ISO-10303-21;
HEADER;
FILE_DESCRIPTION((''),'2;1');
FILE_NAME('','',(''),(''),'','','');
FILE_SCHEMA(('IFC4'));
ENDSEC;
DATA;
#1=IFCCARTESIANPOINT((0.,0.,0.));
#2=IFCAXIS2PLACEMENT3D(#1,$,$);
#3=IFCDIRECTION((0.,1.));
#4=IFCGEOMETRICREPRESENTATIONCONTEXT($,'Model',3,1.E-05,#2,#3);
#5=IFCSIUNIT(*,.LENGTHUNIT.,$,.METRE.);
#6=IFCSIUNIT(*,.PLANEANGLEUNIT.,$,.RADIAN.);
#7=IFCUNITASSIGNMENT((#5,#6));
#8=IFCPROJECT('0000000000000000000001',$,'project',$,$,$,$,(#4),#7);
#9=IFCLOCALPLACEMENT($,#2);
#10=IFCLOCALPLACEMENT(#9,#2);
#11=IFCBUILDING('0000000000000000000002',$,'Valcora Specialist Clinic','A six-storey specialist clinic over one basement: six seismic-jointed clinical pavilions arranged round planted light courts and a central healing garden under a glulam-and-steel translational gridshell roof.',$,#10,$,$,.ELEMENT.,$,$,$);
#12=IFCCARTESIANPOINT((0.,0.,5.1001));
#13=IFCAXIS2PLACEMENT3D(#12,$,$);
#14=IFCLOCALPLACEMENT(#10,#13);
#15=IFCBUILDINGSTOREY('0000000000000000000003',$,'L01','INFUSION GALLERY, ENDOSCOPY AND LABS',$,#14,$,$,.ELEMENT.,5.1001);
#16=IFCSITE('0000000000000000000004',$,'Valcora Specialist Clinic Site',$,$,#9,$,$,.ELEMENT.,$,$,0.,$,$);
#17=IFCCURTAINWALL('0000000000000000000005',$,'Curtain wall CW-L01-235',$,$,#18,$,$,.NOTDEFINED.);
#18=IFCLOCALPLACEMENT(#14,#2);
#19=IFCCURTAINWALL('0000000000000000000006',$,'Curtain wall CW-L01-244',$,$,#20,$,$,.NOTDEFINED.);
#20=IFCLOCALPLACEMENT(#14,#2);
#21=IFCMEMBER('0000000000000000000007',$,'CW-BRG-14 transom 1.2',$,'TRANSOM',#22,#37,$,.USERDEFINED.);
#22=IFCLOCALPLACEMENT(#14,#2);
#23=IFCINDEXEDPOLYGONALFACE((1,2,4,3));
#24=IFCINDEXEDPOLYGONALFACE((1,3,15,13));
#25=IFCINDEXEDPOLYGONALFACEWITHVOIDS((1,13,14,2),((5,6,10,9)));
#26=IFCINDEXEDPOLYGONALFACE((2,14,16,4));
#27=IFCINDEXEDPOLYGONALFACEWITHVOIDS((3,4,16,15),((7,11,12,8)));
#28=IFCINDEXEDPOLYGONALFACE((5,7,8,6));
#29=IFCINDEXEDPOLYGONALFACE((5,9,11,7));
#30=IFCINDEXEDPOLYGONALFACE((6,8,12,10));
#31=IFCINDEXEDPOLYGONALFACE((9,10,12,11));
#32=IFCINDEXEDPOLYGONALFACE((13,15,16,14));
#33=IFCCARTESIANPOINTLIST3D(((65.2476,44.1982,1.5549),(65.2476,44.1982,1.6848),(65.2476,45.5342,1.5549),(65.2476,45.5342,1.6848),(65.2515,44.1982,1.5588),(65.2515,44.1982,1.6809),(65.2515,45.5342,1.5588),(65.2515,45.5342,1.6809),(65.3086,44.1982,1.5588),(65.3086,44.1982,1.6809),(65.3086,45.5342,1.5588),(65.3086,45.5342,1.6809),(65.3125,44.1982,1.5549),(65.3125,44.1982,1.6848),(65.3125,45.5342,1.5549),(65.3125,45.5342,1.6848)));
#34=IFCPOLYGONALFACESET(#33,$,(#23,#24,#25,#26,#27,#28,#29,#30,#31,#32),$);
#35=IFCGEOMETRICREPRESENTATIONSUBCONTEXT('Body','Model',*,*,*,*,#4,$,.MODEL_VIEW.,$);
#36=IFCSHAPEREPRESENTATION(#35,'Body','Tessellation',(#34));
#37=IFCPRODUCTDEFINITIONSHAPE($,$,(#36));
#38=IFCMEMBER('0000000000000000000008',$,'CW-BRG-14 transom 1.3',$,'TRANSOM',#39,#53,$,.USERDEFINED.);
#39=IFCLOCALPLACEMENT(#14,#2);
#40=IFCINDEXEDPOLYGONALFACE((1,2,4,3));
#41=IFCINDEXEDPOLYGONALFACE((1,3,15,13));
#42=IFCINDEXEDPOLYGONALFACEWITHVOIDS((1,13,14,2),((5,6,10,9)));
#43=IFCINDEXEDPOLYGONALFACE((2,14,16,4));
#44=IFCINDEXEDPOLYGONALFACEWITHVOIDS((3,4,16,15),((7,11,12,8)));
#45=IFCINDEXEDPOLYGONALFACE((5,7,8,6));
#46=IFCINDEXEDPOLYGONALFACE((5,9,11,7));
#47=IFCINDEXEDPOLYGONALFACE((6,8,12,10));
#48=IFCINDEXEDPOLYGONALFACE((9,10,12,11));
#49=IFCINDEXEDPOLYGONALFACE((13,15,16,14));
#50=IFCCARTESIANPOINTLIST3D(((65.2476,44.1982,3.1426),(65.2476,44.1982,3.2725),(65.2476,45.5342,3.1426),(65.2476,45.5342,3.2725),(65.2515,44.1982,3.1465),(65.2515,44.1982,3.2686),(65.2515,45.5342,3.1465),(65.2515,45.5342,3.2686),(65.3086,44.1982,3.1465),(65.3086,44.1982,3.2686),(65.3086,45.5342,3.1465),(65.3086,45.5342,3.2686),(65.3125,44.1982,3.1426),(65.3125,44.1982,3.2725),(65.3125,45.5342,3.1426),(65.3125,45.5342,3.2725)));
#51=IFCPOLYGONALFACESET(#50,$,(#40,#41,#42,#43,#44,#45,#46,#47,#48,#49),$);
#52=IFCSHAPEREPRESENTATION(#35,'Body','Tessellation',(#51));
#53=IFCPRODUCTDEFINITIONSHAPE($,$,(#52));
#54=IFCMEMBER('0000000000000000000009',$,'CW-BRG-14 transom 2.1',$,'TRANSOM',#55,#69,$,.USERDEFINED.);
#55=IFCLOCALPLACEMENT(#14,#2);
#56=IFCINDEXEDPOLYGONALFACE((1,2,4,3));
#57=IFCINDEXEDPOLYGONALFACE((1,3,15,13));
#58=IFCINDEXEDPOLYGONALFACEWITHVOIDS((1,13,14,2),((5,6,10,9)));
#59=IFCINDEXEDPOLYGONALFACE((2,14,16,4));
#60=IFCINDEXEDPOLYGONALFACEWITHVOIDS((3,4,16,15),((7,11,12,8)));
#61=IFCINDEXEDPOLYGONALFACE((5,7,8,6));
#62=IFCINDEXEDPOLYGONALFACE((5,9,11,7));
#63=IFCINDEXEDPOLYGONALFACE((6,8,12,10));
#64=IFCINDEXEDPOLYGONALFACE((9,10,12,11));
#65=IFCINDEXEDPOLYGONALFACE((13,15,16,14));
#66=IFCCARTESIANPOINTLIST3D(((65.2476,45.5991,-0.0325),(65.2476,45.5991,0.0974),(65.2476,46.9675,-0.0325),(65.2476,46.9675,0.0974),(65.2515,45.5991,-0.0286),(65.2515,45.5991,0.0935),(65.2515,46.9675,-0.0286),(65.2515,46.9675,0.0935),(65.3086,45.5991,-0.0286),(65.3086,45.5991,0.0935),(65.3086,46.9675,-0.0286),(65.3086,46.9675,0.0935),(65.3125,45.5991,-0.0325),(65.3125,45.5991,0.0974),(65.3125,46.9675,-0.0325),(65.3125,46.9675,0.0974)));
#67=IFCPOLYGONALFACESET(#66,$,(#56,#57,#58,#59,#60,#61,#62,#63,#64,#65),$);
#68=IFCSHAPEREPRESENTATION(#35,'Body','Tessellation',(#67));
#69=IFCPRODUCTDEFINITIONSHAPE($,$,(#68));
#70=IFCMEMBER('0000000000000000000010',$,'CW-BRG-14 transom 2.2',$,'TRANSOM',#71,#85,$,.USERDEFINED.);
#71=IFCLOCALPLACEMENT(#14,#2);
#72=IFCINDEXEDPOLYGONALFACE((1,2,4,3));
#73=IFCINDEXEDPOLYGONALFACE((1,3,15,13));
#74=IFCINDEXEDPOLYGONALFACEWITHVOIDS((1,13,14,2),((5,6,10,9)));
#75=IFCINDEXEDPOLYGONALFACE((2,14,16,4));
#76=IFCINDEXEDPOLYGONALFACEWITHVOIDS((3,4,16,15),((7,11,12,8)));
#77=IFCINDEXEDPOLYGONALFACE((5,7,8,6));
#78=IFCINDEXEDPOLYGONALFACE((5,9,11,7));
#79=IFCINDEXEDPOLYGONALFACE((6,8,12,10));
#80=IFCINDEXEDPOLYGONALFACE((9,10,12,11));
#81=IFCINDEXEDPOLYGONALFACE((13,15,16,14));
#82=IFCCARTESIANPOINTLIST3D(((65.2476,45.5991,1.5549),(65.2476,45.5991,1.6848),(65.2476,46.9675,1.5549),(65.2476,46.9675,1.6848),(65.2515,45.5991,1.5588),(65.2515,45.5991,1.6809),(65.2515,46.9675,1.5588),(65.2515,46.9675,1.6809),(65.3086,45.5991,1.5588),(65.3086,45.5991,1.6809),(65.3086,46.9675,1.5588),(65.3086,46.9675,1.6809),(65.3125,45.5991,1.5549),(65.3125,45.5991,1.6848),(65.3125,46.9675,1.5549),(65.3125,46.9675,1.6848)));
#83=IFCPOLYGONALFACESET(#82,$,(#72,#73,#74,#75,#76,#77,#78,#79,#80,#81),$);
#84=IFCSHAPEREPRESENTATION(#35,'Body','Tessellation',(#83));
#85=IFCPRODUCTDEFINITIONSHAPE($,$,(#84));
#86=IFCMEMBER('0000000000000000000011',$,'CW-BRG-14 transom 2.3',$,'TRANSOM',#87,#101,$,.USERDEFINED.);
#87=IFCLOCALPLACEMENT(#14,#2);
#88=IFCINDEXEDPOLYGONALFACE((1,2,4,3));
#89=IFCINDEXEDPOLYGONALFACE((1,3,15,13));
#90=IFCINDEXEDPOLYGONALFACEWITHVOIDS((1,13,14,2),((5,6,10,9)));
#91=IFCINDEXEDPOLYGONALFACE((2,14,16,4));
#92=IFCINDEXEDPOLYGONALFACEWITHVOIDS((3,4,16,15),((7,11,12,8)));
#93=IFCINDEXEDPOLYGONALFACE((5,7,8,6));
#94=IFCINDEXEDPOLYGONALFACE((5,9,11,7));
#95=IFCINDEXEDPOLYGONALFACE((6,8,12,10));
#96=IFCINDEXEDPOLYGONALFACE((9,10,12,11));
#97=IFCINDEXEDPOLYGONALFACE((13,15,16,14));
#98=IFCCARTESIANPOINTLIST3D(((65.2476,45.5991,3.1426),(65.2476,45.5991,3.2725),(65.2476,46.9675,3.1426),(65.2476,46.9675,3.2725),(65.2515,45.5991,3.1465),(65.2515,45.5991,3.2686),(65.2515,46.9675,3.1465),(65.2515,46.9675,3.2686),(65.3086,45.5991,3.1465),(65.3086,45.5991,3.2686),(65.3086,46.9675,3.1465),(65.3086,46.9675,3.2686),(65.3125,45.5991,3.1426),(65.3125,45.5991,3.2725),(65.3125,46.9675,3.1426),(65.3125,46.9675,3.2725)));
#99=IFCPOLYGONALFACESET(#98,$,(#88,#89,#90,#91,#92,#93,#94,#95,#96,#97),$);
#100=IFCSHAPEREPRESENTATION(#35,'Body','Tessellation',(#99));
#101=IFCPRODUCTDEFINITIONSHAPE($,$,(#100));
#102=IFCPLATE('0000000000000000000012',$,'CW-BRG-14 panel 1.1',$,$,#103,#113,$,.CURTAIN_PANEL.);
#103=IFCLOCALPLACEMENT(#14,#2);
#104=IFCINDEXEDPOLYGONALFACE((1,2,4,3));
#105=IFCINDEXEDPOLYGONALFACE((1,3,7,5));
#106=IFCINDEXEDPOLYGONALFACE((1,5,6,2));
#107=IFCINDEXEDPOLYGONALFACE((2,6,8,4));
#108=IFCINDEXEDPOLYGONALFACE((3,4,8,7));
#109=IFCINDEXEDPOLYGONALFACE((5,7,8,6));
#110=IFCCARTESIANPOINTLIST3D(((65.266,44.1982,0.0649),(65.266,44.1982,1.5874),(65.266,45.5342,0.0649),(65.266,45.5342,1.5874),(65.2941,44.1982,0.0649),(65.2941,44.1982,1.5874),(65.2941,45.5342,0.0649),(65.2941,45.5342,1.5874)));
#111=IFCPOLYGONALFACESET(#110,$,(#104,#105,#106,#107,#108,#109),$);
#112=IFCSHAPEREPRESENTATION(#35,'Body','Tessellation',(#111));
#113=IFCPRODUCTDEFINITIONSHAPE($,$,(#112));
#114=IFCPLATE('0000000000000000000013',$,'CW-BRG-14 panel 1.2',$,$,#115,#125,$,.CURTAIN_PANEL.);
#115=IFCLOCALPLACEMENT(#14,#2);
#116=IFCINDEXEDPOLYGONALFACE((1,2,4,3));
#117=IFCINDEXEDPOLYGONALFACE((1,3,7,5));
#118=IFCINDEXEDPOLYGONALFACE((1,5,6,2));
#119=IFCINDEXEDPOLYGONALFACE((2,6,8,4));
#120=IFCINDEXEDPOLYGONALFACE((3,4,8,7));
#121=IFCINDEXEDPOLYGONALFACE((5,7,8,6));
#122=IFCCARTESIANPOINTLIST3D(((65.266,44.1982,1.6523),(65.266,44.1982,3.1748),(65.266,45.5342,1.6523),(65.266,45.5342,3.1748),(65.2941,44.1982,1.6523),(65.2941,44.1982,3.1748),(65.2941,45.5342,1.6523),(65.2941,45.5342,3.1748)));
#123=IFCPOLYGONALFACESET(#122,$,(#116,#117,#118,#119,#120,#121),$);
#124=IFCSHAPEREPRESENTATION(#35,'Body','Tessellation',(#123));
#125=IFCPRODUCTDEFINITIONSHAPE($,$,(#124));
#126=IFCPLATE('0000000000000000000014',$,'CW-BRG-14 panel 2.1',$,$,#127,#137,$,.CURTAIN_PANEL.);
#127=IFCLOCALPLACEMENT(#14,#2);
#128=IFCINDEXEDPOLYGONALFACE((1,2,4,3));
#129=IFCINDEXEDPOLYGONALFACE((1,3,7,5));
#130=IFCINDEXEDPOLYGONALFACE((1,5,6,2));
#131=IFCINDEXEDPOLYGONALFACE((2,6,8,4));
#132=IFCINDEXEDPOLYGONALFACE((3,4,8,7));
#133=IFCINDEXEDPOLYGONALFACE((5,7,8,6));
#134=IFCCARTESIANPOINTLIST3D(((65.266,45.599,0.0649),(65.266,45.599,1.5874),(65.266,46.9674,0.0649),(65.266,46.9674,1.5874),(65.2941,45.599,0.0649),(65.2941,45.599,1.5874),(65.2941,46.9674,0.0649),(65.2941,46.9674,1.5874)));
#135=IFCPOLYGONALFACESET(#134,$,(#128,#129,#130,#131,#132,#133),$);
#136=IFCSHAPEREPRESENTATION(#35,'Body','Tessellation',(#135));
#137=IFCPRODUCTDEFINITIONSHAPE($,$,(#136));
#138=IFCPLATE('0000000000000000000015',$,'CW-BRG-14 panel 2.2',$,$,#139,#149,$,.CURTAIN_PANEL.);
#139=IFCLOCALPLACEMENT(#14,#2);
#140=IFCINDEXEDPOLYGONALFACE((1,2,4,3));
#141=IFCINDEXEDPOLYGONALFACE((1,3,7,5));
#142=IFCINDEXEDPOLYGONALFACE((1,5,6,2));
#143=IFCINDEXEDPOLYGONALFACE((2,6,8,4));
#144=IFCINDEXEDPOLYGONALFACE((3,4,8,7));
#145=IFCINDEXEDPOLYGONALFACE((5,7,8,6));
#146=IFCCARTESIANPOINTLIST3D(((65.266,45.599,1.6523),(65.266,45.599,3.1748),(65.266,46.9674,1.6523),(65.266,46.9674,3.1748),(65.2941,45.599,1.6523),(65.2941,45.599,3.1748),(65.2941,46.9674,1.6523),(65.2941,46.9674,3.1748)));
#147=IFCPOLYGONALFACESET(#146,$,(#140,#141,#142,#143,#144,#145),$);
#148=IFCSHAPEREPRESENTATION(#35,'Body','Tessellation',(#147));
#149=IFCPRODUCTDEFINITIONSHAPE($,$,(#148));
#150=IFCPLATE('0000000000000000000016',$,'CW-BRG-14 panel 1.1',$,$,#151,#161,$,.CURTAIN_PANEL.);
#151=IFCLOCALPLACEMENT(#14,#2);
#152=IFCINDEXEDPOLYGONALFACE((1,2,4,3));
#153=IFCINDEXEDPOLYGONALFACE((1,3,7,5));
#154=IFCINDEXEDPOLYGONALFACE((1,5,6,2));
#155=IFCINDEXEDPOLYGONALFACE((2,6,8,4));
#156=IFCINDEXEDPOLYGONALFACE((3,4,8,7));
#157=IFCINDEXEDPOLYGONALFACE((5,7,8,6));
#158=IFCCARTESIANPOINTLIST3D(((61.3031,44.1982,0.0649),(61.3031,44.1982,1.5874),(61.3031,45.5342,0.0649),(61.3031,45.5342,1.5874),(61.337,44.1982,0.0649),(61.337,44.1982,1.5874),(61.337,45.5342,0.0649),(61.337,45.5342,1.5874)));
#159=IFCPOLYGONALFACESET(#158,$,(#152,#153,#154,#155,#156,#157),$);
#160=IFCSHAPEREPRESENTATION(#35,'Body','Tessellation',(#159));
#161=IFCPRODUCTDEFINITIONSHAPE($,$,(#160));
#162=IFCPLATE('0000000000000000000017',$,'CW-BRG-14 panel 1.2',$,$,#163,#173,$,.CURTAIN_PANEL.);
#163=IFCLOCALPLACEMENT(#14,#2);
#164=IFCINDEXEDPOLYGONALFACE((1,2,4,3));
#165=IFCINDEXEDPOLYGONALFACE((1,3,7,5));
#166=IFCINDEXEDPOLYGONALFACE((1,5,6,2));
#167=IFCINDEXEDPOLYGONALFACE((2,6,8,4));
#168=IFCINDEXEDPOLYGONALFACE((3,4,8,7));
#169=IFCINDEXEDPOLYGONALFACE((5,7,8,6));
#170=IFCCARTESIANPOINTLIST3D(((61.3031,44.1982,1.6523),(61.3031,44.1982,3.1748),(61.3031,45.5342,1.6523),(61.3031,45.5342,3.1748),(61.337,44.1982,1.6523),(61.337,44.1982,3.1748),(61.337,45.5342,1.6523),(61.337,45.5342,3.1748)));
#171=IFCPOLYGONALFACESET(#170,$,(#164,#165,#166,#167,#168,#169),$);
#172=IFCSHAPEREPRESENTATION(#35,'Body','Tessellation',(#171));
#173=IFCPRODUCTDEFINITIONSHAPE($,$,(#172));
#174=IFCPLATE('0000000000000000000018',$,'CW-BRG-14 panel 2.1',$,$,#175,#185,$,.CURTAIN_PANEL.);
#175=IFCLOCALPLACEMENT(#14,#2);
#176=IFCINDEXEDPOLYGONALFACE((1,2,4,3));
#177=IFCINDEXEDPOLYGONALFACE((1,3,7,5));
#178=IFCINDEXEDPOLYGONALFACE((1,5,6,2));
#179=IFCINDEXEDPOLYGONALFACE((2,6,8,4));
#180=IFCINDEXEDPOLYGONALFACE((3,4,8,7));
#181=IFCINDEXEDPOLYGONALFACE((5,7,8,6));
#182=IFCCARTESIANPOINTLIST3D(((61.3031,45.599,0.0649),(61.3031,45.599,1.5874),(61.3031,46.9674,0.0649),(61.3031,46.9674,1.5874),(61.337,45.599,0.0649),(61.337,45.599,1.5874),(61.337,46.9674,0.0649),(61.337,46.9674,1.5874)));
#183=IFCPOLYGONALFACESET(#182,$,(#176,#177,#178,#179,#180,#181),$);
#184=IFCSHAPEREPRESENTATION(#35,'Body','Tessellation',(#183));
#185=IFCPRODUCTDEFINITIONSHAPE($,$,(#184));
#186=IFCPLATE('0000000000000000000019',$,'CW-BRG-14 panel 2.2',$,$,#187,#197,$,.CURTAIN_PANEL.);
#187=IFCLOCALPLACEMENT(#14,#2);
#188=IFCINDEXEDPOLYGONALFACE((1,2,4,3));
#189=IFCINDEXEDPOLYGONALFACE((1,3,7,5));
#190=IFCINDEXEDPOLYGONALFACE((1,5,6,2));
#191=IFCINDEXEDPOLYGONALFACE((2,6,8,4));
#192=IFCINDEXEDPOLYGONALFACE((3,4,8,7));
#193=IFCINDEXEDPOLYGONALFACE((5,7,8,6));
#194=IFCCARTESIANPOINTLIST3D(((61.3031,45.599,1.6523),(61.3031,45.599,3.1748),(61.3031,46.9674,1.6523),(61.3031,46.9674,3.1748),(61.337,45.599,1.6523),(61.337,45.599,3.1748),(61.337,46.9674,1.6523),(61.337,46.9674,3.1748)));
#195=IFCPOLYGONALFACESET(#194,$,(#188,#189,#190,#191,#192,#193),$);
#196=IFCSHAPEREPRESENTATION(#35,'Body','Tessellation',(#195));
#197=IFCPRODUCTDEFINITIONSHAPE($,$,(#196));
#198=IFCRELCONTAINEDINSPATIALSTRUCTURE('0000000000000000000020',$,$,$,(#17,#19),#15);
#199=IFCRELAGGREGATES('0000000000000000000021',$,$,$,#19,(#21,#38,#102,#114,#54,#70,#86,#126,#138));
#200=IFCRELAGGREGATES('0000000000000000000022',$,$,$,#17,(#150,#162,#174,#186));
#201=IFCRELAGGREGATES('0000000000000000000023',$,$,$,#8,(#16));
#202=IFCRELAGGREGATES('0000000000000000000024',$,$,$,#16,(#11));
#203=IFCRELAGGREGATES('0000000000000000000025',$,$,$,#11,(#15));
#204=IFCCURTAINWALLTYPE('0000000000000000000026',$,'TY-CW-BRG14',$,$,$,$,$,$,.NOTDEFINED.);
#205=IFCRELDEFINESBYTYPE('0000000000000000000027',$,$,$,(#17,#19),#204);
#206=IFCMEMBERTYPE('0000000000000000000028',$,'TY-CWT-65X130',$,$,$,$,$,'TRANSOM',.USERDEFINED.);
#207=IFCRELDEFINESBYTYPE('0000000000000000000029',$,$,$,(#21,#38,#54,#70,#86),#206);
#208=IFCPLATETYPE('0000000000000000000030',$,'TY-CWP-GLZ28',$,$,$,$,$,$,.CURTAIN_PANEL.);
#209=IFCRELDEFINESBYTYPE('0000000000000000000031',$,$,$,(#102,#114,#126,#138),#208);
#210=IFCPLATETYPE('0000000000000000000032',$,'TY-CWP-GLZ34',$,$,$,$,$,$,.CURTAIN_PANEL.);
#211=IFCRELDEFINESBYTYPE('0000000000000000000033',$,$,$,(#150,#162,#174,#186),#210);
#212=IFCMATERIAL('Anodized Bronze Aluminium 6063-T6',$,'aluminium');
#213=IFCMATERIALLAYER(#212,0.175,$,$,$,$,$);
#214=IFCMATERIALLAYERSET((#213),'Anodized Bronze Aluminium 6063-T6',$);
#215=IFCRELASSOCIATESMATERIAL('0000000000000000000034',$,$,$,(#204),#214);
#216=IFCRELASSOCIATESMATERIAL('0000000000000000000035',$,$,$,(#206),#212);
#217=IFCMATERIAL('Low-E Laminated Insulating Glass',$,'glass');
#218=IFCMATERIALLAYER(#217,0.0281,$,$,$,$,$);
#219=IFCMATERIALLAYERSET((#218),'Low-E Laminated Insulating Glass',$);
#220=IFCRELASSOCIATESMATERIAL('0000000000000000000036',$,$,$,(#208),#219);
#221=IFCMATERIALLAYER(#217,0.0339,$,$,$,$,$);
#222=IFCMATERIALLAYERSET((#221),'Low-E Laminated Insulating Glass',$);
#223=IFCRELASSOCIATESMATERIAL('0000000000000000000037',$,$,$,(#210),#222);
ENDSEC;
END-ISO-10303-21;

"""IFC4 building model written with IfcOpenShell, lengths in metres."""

from ifc_helpers import new_model, si_unit, direction, frame, origin, origin_2d, place, context, subcontext, project, spatial, rectangle, hollow_rectangle, extrude, material, layer, layer_set, material_profile, profile_set, type_object, element, aggregate, save


model = new_model("IFC4")

# Units and contexts
model_context = context("Model", 3, precision=1e-05, world=origin(), true_north=direction((0.0, 1.0)))
body_context = subcontext(model_context, "Body", "Model", "MODEL_VIEW")
ifc_project = project(units=[si_unit("LENGTHUNIT", "METRE"), si_unit("PLANEANGLEUNIT", "RADIAN")], contexts=[model_context])

# Site, building, storey
site_placement = place(None, origin())
site = spatial("IfcSite", under=ifc_project, at=site_placement, Name="Valcora Specialist Clinic Site", CompositionType="ELEMENT", RefElevation=0.0)
building_placement = place(site_placement, origin())
building = spatial("IfcBuilding", under=site, at=building_placement, Name="Valcora Specialist Clinic", Description="A six-storey specialist clinic over one basement: six seismic-jointed clinical pavilions arranged round planted light courts and a central healing garden under a glulam-and-steel translational gridshell roof.", CompositionType="ELEMENT")
storey_placement = place(building_placement, frame((0.0, 0.0, 5.1001)))
storey = spatial("IfcBuildingStorey", under=building, at=storey_placement, Name="L01", Description="INFUSION GALLERY, ENDOSCOPY AND LABS", CompositionType="ELEMENT", Elevation=5.1001)

# Curtain walls
ifc_material_1 = material(Name="Anodized Bronze Aluminium 6063-T6", Category="aluminium")
ifc_layer_1 = layer(ifc_material_1, 0.175)
ifc_layer_set_1 = layer_set([ifc_layer_1], Name="Anodized Bronze Aluminium 6063-T6")
curtain_wall_type = type_object("IfcCurtainWallType", Name="TY-CW-BRG14", PredefinedType="NOTDEFINED", material=ifc_layer_set_1)
curtain_wall_1_placement = place(storey_placement, origin())
curtain_wall_1 = element("IfcCurtainWall", 1, at=curtain_wall_1_placement, inside=storey, type_object=curtain_wall_type, Name="Curtain wall CW-L01-235", PredefinedType="NOTDEFINED")
curtain_wall_2_placement = place(storey_placement, origin())
curtain_wall_2 = element("IfcCurtainWall", 2, at=curtain_wall_2_placement, inside=storey, type_object=curtain_wall_type, Name="Curtain wall CW-L01-244", PredefinedType="NOTDEFINED")

# Members
ifc_material_profile_1 = material_profile(ifc_material_1, hollow_rectangle(XDim=0.0649, YDim=0.1299, WallThickness=0.0039, at=origin_2d()), Name="AL-TRN-65X130")
ifc_profile_set_1 = profile_set([ifc_material_profile_1], Name="Anodized Bronze Aluminium 6063-T6")
member_type_1 = type_object("IfcMemberType", Name="TY-CWT-65X130", ElementType="TRANSOM", PredefinedType="USERDEFINED", material=ifc_profile_set_1)
member_1_placement = place(storey_placement, frame((65.28, 44.1982, 1.6199), z_axis=(0.0, 1.0, 0.0), x_axis=(-1.0, 0.0, 0.0)))
member_1 = element("IfcMember", 3, at=member_1_placement, type_object=member_type_1, Name="CW-BRG-14 transom 1.2", ObjectType="TRANSOM", PredefinedType="USERDEFINED", context=body_context, shape_type="SweptSolid", body=[
    extrude(hollow_rectangle(XDim=0.0649, YDim=0.1299, WallThickness=0.0039, at=origin_2d()), origin(), (0.0, 0.0, 1.0), 1.3359),
])
member_2_placement = place(storey_placement, frame((65.28, 44.1982, 3.2075), z_axis=(0.0, 1.0, 0.0), x_axis=(-1.0, 0.0, 0.0)))
member_2 = element("IfcMember", 4, at=member_2_placement, type_object=member_type_1, Name="CW-BRG-14 transom 1.3", ObjectType="TRANSOM", PredefinedType="USERDEFINED", context=body_context, shape_type="SweptSolid", body=[
    extrude(hollow_rectangle(XDim=0.0649, YDim=0.1299, WallThickness=0.0039, at=origin_2d()), origin(), (0.0, 0.0, 1.0), 1.3359),
])
member_3_placement = place(storey_placement, frame((65.28, 45.5991, 0.0325), z_axis=(0.0, 1.0, 0.0), x_axis=(-1.0, 0.0, 0.0)))
member_3 = element("IfcMember", 5, at=member_3_placement, type_object=member_type_1, Name="CW-BRG-14 transom 2.1", ObjectType="TRANSOM", PredefinedType="USERDEFINED", context=body_context, shape_type="SweptSolid", body=[
    extrude(hollow_rectangle(XDim=0.0649, YDim=0.1299, WallThickness=0.0039, at=origin_2d()), origin(), (0.0, 0.0, 1.0), 1.3684),
])
member_4_placement = place(storey_placement, frame((65.28, 45.5991, 1.6199), z_axis=(0.0, 1.0, 0.0), x_axis=(-1.0, 0.0, 0.0)))
member_4 = element("IfcMember", 6, at=member_4_placement, type_object=member_type_1, Name="CW-BRG-14 transom 2.2", ObjectType="TRANSOM", PredefinedType="USERDEFINED", context=body_context, shape_type="SweptSolid", body=[
    extrude(hollow_rectangle(XDim=0.0649, YDim=0.1299, WallThickness=0.0039, at=origin_2d()), origin(), (0.0, 0.0, 1.0), 1.3684),
])
member_5_placement = place(storey_placement, frame((65.28, 45.5991, 3.2075), z_axis=(0.0, 1.0, 0.0), x_axis=(-1.0, 0.0, 0.0)))
member_5 = element("IfcMember", 7, at=member_5_placement, type_object=member_type_1, Name="CW-BRG-14 transom 2.3", ObjectType="TRANSOM", PredefinedType="USERDEFINED", context=body_context, shape_type="SweptSolid", body=[
    extrude(hollow_rectangle(XDim=0.0649, YDim=0.1299, WallThickness=0.0039, at=origin_2d()), origin(), (0.0, 0.0, 1.0), 1.3684),
])

# Plates
ifc_material_2 = material(Name="Low-E Laminated Insulating Glass", Category="glass")
ifc_layer_2 = layer(ifc_material_2, 0.0281)
ifc_layer_set_2 = layer_set([ifc_layer_2], Name="Low-E Laminated Insulating Glass")
plate_type_1 = type_object("IfcPlateType", Name="TY-CWP-GLZ28", PredefinedType="CURTAIN_PANEL", material=ifc_layer_set_2)
plate_1_placement = place(storey_placement, frame((65.28, 44.8662, 0.0649), z_axis=(0.0, 0.0, 1.0), x_axis=(0.0, 1.0, 0.0)))
plate_1 = element("IfcPlate", 8, at=plate_1_placement, type_object=plate_type_1, Name="CW-BRG-14 panel 1.1", PredefinedType="CURTAIN_PANEL", context=body_context, shape_type="SweptSolid", body=[
    extrude(rectangle(XDim=1.3359, YDim=0.0281, at=origin_2d()), origin(), (0.0, 0.0, 1.0), 1.5225),
])
plate_2_placement = place(storey_placement, frame((65.28, 44.8662, 1.6523), z_axis=(0.0, 0.0, 1.0), x_axis=(0.0, 1.0, 0.0)))
plate_2 = element("IfcPlate", 9, at=plate_2_placement, type_object=plate_type_1, Name="CW-BRG-14 panel 1.2", PredefinedType="CURTAIN_PANEL", context=body_context, shape_type="SweptSolid", body=[
    extrude(rectangle(XDim=1.3359, YDim=0.0281, at=origin_2d()), origin(), (0.0, 0.0, 1.0), 1.5225),
])
plate_3_placement = place(storey_placement, frame((65.28, 46.2832, 0.0649), z_axis=(0.0, 0.0, 1.0), x_axis=(0.0, 1.0, 0.0)))
plate_3 = element("IfcPlate", 10, at=plate_3_placement, type_object=plate_type_1, Name="CW-BRG-14 panel 2.1", PredefinedType="CURTAIN_PANEL", context=body_context, shape_type="SweptSolid", body=[
    extrude(rectangle(XDim=1.3684, YDim=0.0281, at=origin_2d()), origin(), (0.0, 0.0, 1.0), 1.5225),
])
plate_4_placement = place(storey_placement, frame((65.28, 46.2832, 1.6523), z_axis=(0.0, 0.0, 1.0), x_axis=(0.0, 1.0, 0.0)))
plate_4 = element("IfcPlate", 11, at=plate_4_placement, type_object=plate_type_1, Name="CW-BRG-14 panel 2.2", PredefinedType="CURTAIN_PANEL", context=body_context, shape_type="SweptSolid", body=[
    extrude(rectangle(XDim=1.3684, YDim=0.0281, at=origin_2d()), origin(), (0.0, 0.0, 1.0), 1.5225),
])
aggregate(curtain_wall_2, [member_1, member_2, plate_1, plate_2, member_3, member_4, member_5, plate_3, plate_4])
ifc_layer_3 = layer(ifc_material_2, 0.0339)
ifc_layer_set_3 = layer_set([ifc_layer_3], Name="Low-E Laminated Insulating Glass")
plate_type_2 = type_object("IfcPlateType", Name="TY-CWP-GLZ34", PredefinedType="CURTAIN_PANEL", material=ifc_layer_set_3)
plate_5_placement = place(storey_placement, frame((61.3201, 44.8662, 0.0649), z_axis=(0.0, 0.0, 1.0), x_axis=(0.0, 1.0, 0.0)))
plate_5 = element("IfcPlate", 12, at=plate_5_placement, type_object=plate_type_2, Name="CW-BRG-14 panel 1.1", PredefinedType="CURTAIN_PANEL", context=body_context, shape_type="SweptSolid", body=[
    extrude(rectangle(XDim=1.3359, YDim=0.0339, at=origin_2d()), origin(), (0.0, 0.0, 1.0), 1.5225),
])
plate_6_placement = place(storey_placement, frame((61.3201, 44.8662, 1.6523), z_axis=(0.0, 0.0, 1.0), x_axis=(0.0, 1.0, 0.0)))
plate_6 = element("IfcPlate", 13, at=plate_6_placement, type_object=plate_type_2, Name="CW-BRG-14 panel 1.2", PredefinedType="CURTAIN_PANEL", context=body_context, shape_type="SweptSolid", body=[
    extrude(rectangle(XDim=1.3359, YDim=0.0339, at=origin_2d()), origin(), (0.0, 0.0, 1.0), 1.5225),
])
plate_7_placement = place(storey_placement, frame((61.3201, 46.2832, 0.0649), z_axis=(0.0, 0.0, 1.0), x_axis=(0.0, 1.0, 0.0)))
plate_7 = element("IfcPlate", 14, at=plate_7_placement, type_object=plate_type_2, Name="CW-BRG-14 panel 2.1", PredefinedType="CURTAIN_PANEL", context=body_context, shape_type="SweptSolid", body=[
    extrude(rectangle(XDim=1.3684, YDim=0.0339, at=origin_2d()), origin(), (0.0, 0.0, 1.0), 1.5225),
])
plate_8_placement = place(storey_placement, frame((61.3201, 46.2832, 1.6523), z_axis=(0.0, 0.0, 1.0), x_axis=(0.0, 1.0, 0.0)))
plate_8 = element("IfcPlate", 15, at=plate_8_placement, type_object=plate_type_2, Name="CW-BRG-14 panel 2.2", PredefinedType="CURTAIN_PANEL", context=body_context, shape_type="SweptSolid", body=[
    extrude(rectangle(XDim=1.3684, YDim=0.0339, at=origin_2d()), origin(), (0.0, 0.0, 1.0), 1.5225),
])
aggregate(curtain_wall_1, [plate_5, plate_6, plate_7, plate_8])

save(model, "model.ifc")
